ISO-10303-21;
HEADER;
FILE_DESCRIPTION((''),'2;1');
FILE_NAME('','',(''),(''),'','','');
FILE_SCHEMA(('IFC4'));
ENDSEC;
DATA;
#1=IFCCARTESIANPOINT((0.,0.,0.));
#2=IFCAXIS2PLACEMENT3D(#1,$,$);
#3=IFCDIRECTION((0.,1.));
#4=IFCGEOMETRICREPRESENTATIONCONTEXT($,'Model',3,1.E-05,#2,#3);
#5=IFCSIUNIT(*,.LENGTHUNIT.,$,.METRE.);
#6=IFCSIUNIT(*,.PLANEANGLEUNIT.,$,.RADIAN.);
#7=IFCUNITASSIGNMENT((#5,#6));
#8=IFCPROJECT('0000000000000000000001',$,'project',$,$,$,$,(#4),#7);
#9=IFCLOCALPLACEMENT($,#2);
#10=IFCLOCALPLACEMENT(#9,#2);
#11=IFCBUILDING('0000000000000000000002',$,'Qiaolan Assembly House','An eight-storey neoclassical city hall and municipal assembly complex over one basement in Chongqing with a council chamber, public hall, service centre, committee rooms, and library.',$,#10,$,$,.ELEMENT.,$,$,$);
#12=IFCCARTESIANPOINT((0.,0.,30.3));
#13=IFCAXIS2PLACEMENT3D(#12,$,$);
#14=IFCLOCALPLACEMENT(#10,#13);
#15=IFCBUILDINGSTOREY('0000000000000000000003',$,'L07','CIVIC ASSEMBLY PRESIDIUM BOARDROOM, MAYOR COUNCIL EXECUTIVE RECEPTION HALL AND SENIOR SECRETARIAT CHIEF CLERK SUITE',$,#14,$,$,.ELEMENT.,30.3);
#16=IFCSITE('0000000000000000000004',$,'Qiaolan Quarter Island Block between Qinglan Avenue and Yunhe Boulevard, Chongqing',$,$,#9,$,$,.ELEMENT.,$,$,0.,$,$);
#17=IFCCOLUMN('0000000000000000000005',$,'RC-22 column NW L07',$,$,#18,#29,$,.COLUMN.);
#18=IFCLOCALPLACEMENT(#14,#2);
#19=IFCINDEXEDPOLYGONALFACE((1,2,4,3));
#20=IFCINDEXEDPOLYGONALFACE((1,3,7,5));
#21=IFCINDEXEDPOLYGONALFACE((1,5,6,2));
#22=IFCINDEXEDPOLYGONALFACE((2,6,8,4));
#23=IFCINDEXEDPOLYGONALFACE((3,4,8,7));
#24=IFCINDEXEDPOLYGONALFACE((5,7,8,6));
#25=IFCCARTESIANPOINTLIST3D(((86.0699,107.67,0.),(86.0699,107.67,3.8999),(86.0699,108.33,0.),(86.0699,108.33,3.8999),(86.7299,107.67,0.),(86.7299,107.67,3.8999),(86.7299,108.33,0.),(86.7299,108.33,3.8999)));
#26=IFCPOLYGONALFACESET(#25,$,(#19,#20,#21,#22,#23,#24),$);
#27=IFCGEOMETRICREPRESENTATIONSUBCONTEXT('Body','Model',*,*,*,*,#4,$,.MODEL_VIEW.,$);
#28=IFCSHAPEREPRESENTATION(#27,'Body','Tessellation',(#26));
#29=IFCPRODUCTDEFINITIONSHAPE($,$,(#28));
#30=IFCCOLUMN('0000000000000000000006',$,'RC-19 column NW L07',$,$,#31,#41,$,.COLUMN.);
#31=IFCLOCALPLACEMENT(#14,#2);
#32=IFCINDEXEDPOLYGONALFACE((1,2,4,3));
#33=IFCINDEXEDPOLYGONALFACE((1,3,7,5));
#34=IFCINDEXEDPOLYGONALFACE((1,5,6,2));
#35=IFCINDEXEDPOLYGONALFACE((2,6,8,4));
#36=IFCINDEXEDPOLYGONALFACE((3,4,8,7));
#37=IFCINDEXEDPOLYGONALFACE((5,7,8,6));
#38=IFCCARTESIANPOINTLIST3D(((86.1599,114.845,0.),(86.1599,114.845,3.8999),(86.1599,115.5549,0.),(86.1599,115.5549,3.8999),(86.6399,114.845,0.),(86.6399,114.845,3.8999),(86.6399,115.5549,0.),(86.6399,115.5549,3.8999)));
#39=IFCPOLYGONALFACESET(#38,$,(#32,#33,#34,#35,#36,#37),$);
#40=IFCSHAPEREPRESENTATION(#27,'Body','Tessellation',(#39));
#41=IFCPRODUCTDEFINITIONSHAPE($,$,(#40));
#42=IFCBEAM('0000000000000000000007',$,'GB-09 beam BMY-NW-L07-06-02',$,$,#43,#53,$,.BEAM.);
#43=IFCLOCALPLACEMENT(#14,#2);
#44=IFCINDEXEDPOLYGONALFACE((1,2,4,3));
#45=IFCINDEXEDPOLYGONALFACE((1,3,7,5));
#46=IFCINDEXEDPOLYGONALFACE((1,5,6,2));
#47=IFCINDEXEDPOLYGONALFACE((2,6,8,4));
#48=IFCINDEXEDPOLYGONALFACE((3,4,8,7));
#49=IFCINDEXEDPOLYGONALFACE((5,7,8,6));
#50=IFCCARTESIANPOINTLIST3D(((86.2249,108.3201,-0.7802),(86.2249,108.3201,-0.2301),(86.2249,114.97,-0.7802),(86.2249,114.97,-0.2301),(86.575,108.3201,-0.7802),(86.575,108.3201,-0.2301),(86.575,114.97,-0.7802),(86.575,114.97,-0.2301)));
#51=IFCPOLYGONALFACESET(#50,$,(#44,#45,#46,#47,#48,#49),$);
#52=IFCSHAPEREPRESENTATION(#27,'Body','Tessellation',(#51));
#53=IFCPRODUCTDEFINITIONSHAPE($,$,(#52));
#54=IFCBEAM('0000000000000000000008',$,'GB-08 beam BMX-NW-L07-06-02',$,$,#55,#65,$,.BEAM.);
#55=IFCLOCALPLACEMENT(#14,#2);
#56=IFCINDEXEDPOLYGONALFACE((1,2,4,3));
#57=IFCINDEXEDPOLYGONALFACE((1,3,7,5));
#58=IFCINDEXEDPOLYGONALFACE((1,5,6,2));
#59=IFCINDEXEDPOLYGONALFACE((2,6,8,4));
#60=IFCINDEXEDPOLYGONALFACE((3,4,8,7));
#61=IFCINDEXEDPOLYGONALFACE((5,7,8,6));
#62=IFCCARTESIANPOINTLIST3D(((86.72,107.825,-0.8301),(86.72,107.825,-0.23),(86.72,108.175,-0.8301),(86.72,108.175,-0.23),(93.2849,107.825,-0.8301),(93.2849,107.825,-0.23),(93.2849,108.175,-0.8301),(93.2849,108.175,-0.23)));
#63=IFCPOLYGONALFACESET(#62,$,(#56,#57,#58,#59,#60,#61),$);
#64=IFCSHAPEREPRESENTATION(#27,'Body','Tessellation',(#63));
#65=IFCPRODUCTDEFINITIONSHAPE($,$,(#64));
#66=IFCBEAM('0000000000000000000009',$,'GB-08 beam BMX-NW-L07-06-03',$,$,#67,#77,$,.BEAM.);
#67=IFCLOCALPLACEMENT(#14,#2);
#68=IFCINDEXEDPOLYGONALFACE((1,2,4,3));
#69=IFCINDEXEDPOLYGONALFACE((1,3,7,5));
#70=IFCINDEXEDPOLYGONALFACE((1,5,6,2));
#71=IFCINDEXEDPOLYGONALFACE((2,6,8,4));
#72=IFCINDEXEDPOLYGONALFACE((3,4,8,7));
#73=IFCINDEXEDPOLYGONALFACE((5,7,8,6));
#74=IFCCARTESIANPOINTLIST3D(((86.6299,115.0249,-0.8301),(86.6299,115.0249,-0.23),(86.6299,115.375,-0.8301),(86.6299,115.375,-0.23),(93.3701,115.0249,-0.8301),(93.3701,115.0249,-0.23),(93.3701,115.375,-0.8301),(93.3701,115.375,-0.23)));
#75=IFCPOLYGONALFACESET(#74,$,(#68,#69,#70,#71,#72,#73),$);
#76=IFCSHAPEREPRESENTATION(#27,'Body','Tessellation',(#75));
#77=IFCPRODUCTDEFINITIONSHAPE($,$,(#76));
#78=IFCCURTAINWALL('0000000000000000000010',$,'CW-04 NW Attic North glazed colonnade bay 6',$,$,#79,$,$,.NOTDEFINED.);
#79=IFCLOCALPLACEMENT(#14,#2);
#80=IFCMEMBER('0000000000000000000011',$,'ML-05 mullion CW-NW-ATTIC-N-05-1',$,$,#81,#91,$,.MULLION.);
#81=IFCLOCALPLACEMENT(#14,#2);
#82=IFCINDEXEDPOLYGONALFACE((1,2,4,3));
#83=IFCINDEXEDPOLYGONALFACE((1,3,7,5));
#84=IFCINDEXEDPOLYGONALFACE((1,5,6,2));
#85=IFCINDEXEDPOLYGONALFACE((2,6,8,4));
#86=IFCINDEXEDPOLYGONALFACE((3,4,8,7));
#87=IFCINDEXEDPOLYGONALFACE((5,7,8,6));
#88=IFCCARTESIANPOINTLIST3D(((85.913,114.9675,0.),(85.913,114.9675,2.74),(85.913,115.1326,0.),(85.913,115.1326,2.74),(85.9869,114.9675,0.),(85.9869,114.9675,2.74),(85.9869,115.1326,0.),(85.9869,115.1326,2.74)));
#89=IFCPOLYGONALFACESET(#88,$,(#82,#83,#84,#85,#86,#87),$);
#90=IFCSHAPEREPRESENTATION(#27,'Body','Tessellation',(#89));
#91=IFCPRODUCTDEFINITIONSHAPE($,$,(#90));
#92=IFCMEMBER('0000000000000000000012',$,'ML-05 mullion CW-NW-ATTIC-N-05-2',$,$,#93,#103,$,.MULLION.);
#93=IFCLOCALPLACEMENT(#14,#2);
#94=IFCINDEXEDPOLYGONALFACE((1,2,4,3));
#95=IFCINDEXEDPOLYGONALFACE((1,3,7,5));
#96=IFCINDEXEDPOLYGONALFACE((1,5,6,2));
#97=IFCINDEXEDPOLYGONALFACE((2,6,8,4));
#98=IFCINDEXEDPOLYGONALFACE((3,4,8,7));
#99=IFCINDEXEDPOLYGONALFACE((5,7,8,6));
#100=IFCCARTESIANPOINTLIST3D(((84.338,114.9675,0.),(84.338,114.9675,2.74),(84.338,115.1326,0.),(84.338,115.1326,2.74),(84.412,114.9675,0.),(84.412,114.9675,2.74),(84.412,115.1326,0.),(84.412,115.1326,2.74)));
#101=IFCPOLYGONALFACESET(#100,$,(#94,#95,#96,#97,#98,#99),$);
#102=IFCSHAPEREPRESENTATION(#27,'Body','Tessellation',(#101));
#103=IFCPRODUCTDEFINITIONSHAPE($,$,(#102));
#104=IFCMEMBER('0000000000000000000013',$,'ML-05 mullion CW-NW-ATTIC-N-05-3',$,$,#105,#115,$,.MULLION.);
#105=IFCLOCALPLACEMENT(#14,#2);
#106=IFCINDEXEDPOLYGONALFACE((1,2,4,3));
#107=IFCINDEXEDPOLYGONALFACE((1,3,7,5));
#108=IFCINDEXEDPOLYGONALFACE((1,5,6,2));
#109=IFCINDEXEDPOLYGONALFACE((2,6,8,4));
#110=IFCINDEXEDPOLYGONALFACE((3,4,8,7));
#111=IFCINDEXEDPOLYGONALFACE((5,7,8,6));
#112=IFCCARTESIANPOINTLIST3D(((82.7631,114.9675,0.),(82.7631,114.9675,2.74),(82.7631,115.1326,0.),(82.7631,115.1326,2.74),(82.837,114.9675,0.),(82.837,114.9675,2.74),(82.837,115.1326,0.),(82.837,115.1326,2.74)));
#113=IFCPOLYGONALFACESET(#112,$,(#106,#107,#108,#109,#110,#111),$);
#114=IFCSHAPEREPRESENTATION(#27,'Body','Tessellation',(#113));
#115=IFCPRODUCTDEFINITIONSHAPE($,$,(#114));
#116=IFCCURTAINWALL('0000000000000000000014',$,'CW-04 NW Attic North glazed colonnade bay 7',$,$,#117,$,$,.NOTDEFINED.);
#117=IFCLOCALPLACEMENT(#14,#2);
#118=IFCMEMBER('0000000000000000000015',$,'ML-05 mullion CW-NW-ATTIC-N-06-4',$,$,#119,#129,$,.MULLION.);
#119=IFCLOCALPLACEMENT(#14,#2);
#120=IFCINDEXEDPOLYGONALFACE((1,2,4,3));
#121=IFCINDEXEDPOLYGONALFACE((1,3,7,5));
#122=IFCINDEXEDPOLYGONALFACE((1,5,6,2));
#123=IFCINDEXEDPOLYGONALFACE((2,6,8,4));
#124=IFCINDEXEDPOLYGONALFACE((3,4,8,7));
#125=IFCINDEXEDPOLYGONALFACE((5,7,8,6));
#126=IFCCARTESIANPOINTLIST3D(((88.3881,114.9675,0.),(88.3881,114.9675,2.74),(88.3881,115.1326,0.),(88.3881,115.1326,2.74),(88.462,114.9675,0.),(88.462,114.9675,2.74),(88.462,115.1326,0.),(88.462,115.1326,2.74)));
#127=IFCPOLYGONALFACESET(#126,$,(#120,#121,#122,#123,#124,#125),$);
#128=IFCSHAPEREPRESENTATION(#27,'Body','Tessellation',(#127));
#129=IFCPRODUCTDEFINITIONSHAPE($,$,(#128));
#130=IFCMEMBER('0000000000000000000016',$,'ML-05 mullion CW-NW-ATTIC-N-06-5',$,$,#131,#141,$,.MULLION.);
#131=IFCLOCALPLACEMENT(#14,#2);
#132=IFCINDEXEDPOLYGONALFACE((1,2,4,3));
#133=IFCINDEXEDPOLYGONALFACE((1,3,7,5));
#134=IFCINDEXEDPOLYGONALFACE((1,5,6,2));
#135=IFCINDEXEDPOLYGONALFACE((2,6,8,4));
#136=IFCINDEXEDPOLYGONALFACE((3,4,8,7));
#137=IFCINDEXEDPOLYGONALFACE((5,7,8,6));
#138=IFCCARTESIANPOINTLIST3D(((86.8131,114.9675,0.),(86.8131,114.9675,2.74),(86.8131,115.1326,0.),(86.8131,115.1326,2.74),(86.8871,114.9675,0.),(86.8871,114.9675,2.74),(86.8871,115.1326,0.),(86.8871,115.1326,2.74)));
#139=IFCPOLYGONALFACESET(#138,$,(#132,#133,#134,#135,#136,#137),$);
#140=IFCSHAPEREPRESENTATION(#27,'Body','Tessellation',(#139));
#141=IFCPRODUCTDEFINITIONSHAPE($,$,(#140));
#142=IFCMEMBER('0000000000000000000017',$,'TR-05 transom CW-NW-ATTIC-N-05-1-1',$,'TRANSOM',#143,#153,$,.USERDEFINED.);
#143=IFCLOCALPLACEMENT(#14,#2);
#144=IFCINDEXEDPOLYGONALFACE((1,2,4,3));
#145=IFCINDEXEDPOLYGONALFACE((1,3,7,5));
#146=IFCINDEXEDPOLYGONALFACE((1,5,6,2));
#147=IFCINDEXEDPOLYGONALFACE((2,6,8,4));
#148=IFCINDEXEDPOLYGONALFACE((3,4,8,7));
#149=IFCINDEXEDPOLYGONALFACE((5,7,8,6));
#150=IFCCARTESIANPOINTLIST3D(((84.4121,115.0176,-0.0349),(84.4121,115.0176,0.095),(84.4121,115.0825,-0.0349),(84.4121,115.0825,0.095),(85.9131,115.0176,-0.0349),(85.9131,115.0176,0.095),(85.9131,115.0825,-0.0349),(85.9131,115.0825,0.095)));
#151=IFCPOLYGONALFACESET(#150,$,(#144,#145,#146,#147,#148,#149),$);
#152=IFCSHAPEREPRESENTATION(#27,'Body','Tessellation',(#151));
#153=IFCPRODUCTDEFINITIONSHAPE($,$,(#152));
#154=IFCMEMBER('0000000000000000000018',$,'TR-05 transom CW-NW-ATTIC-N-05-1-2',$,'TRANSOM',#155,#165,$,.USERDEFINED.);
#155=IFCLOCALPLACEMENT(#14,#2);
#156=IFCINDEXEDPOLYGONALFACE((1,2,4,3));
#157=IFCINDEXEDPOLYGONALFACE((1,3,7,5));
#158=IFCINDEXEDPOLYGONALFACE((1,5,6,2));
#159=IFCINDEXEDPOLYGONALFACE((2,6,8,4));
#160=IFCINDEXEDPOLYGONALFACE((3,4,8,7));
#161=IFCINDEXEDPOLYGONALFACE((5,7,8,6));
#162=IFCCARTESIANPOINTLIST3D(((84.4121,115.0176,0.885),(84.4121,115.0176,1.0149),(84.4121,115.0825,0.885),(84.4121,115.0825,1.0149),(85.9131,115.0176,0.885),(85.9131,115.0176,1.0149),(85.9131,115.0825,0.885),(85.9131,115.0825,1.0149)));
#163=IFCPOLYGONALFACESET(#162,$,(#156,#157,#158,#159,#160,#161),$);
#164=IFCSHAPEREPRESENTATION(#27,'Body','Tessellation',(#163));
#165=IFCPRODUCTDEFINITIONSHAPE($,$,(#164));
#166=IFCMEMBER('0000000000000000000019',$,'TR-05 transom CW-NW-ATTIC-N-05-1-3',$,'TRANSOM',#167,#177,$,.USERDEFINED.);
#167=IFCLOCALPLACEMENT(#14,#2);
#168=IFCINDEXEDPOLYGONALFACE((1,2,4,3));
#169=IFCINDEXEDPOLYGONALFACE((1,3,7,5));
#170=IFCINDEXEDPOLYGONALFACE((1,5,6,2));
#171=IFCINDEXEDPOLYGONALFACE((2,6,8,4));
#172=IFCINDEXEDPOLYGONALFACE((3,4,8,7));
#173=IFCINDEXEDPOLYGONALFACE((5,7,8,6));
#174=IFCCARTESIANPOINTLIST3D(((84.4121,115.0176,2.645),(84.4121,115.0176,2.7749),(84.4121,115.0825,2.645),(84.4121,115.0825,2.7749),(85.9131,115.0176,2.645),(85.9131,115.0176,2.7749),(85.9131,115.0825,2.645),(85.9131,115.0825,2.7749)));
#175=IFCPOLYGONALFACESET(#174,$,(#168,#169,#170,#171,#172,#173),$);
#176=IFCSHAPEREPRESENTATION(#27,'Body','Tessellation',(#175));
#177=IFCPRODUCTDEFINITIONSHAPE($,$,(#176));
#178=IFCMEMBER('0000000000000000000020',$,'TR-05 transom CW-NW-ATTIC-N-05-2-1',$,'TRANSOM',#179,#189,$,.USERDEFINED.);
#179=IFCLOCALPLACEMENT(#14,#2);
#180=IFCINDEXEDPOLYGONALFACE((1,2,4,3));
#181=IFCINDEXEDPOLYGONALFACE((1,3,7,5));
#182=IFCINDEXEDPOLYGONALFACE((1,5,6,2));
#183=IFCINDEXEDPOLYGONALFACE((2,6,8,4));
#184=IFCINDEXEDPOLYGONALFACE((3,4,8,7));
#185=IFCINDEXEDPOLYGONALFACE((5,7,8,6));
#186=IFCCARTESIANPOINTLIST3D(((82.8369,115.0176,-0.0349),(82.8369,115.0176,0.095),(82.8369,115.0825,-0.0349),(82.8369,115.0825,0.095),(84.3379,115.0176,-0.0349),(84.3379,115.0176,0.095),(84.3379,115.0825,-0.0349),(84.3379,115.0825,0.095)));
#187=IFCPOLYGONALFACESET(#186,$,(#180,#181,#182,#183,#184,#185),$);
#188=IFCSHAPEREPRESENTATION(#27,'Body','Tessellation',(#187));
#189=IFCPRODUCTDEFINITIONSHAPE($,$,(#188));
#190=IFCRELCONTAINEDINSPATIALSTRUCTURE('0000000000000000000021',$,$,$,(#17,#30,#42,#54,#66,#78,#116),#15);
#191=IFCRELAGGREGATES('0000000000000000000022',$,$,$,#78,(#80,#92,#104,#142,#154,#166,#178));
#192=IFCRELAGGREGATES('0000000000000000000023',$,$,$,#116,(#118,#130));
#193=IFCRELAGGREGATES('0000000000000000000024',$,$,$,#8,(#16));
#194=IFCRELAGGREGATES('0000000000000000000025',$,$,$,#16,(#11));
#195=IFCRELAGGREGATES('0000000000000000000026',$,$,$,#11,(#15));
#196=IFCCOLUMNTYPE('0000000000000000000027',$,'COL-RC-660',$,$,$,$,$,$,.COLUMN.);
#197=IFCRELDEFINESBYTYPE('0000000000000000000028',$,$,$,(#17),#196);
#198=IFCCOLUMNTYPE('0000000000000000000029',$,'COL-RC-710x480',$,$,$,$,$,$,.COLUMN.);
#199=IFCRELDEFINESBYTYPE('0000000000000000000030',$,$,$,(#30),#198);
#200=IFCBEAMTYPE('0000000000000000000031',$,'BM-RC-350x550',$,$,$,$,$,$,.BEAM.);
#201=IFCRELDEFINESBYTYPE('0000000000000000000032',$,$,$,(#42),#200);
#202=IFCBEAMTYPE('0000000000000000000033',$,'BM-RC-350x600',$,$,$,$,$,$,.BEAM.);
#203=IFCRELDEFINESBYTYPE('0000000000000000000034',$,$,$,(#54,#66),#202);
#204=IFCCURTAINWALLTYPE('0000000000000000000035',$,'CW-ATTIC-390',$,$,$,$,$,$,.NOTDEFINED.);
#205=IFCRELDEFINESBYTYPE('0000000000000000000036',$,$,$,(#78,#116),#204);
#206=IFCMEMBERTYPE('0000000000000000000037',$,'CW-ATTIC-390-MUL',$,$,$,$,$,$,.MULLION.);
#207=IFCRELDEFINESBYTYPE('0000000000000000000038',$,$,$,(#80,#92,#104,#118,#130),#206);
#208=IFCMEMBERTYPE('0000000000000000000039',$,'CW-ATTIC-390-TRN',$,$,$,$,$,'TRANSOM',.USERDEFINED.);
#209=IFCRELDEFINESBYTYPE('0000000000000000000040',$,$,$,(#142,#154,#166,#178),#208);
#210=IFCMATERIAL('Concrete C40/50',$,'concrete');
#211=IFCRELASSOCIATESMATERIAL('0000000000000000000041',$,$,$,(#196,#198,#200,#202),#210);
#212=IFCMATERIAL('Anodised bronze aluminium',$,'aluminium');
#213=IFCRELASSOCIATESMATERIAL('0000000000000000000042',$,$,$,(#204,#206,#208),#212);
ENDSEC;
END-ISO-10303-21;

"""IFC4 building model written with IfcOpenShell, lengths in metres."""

from ifc_helpers import new_model, si_unit, direction, frame, origin, origin_2d, place, context, subcontext, project, spatial, rectangle, extrude, material, material_profile, profile_set, type_object, element, aggregate, save


model = new_model("IFC4")

# Units and contexts
model_context = context("Model", 3, precision=1e-05, world=origin(), true_north=direction((0.0, 1.0)))
body_context = subcontext(model_context, "Body", "Model", "MODEL_VIEW")
ifc_project = project(units=[si_unit("LENGTHUNIT", "METRE"), si_unit("PLANEANGLEUNIT", "RADIAN")], contexts=[model_context])

# Site, building, storey
site_placement = place(None, origin())
site = spatial("IfcSite", under=ifc_project, at=site_placement, Name="Qiaolan Quarter Island Block between Qinglan Avenue and Yunhe Boulevard, Chongqing", CompositionType="ELEMENT", RefElevation=0.0)
building_placement = place(site_placement, origin())
building = spatial("IfcBuilding", under=site, at=building_placement, Name="Qiaolan Assembly House", Description="An eight-storey neoclassical city hall and municipal assembly complex over one basement in Chongqing with a council chamber, public hall, service centre, committee rooms, and library.", CompositionType="ELEMENT")
storey_placement = place(building_placement, frame((0.0, 0.0, 30.3)))
storey = spatial("IfcBuildingStorey", under=building, at=storey_placement, Name="L07", Description="CIVIC ASSEMBLY PRESIDIUM BOARDROOM, MAYOR COUNCIL EXECUTIVE RECEPTION HALL AND SENIOR SECRETARIAT CHIEF CLERK SUITE", CompositionType="ELEMENT", Elevation=30.3)

# Columns
ifc_material_1 = material(Name="Concrete C40/50", Category="concrete")
ifc_material_profile_1 = material_profile(ifc_material_1, rectangle(XDim=0.6599, YDim=0.6599, at=origin_2d()), Name="RC 660x660")
ifc_profile_set_1 = profile_set([ifc_material_profile_1], Name="Concrete C40/50")
column_type_1 = type_object("IfcColumnType", Name="COL-RC-660", PredefinedType="COLUMN", material=ifc_profile_set_1)
column_1_placement = place(storey_placement, frame((86.3999, 108.0, 0.0), z_axis=(0.0, 0.0, 1.0), x_axis=(1.0, 0.0, 0.0)))
element("IfcColumn", 1, at=column_1_placement, inside=storey, type_object=column_type_1, Name="RC-22 column NW L07", PredefinedType="COLUMN", context=body_context, shape_type="SweptSolid", body=[
    extrude(rectangle(XDim=0.6599, YDim=0.6599, at=origin_2d()), origin(), (0.0, 0.0, 1.0), 3.8999),
])
ifc_material_profile_2 = material_profile(ifc_material_1, rectangle(XDim=0.48, YDim=0.71, at=origin_2d()), Name="RC 710x480")
ifc_profile_set_2 = profile_set([ifc_material_profile_2], Name="Concrete C40/50")
column_type_2 = type_object("IfcColumnType", Name="COL-RC-710x480", PredefinedType="COLUMN", material=ifc_profile_set_2)
column_2_placement = place(storey_placement, frame((86.3999, 115.2, 0.0), z_axis=(0.0, 0.0, 1.0), x_axis=(1.0, 0.0, 0.0)))
element("IfcColumn", 2, at=column_2_placement, inside=storey, type_object=column_type_2, Name="RC-19 column NW L07", PredefinedType="COLUMN", context=body_context, shape_type="SweptSolid", body=[
    extrude(rectangle(XDim=0.48, YDim=0.71, at=origin_2d()), origin(), (0.0, 0.0, 1.0), 3.8999),
])

# Beams
ifc_material_profile_3 = material_profile(ifc_material_1, rectangle(XDim=0.3501, YDim=0.55, at=origin_2d()), Name="RCB 350x550")
ifc_profile_set_3 = profile_set([ifc_material_profile_3], Name="Concrete C40/50")
beam_type_1 = type_object("IfcBeamType", Name="BM-RC-350x550", PredefinedType="BEAM", material=ifc_profile_set_3)
beam_1_placement = place(storey_placement, frame((86.3999, 108.3201, -0.5051), z_axis=(0.0, 1.0, 0.0), x_axis=(-1.0, 0.0, 0.0)))
element("IfcBeam", 3, at=beam_1_placement, inside=storey, type_object=beam_type_1, Name="GB-09 beam BMY-NW-L07-06-02", PredefinedType="BEAM", context=body_context, shape_type="SweptSolid", body=[
    extrude(rectangle(XDim=0.3501, YDim=0.55, at=origin_2d()), origin(), (0.0, 0.0, 1.0), 6.6499),
])
ifc_material_profile_4 = material_profile(ifc_material_1, rectangle(XDim=0.3501, YDim=0.6001, at=origin_2d()), Name="RCB 350x600")
ifc_profile_set_4 = profile_set([ifc_material_profile_4], Name="Concrete C40/50")
beam_type_2 = type_object("IfcBeamType", Name="BM-RC-350x600", PredefinedType="BEAM", material=ifc_profile_set_4)
beam_2_placement = place(storey_placement, frame((86.72, 108.0, -0.53), z_axis=(1.0, 0.0, 0.0), x_axis=(0.0, 1.0, 0.0)))
element("IfcBeam", 4, at=beam_2_placement, inside=storey, type_object=beam_type_2, Name="GB-08 beam BMX-NW-L07-06-02", PredefinedType="BEAM", context=body_context, shape_type="SweptSolid", body=[
    extrude(rectangle(XDim=0.3501, YDim=0.6001, at=origin_2d()), origin(), (0.0, 0.0, 1.0), 6.5649),
])
beam_3_placement = place(storey_placement, frame((86.6299, 115.2, -0.53), z_axis=(1.0, 0.0, 0.0), x_axis=(0.0, 1.0, 0.0)))
element("IfcBeam", 5, at=beam_3_placement, inside=storey, type_object=beam_type_2, Name="GB-08 beam BMX-NW-L07-06-03", PredefinedType="BEAM", context=body_context, shape_type="SweptSolid", body=[
    extrude(rectangle(XDim=0.3501, YDim=0.6001, at=origin_2d()), origin(), (0.0, 0.0, 1.0), 6.7402),
])

# Curtain walls, members
ifc_material_2 = material(Name="Anodised bronze aluminium", Category="aluminium")
curtain_wall_type = type_object("IfcCurtainWallType", Name="CW-ATTIC-390", PredefinedType="NOTDEFINED", material=ifc_material_2)
curtain_wall_1_placement = place(storey_placement, origin())
curtain_wall_1 = element("IfcCurtainWall", 6, at=curtain_wall_1_placement, inside=storey, type_object=curtain_wall_type, Name="CW-04 NW Attic North glazed colonnade bay 6", PredefinedType="NOTDEFINED")
ifc_material_profile_5 = material_profile(ifc_material_2, rectangle(XDim=0.074, YDim=0.165, at=origin_2d()), Name="MUL 74x165")
ifc_profile_set_5 = profile_set([ifc_material_profile_5], Name="Anodised bronze aluminium")
member_type_1 = type_object("IfcMemberType", Name="CW-ATTIC-390-MUL", PredefinedType="MULLION", material=ifc_profile_set_5)
member_1_placement = place(storey_placement, frame((85.95, 115.05, 0.0), z_axis=(0.0, 0.0, 1.0), x_axis=(-1.0, 0.0, 0.0)))
member_1 = element("IfcMember", 7, at=member_1_placement, type_object=member_type_1, Name="ML-05 mullion CW-NW-ATTIC-N-05-1", PredefinedType="MULLION", context=body_context, shape_type="SweptSolid", body=[
    extrude(rectangle(XDim=0.074, YDim=0.165, at=origin_2d()), origin(), (0.0, 0.0, 1.0), 2.74),
])
member_2_placement = place(storey_placement, frame((84.375, 115.05, 0.0), z_axis=(0.0, 0.0, 1.0), x_axis=(-1.0, 0.0, 0.0)))
member_2 = element("IfcMember", 8, at=member_2_placement, type_object=member_type_1, Name="ML-05 mullion CW-NW-ATTIC-N-05-2", PredefinedType="MULLION", context=body_context, shape_type="SweptSolid", body=[
    extrude(rectangle(XDim=0.074, YDim=0.165, at=origin_2d()), origin(), (0.0, 0.0, 1.0), 2.74),
])
member_3_placement = place(storey_placement, frame((82.8, 115.05, 0.0), z_axis=(0.0, 0.0, 1.0), x_axis=(-1.0, 0.0, 0.0)))
member_3 = element("IfcMember", 9, at=member_3_placement, type_object=member_type_1, Name="ML-05 mullion CW-NW-ATTIC-N-05-3", PredefinedType="MULLION", context=body_context, shape_type="SweptSolid", body=[
    extrude(rectangle(XDim=0.074, YDim=0.165, at=origin_2d()), origin(), (0.0, 0.0, 1.0), 2.74),
])
curtain_wall_2_placement = place(storey_placement, origin())
curtain_wall_2 = element("IfcCurtainWall", 10, at=curtain_wall_2_placement, inside=storey, type_object=curtain_wall_type, Name="CW-04 NW Attic North glazed colonnade bay 7", PredefinedType="NOTDEFINED")
member_4_placement = place(storey_placement, frame((88.425, 115.05, 0.0), z_axis=(0.0, 0.0, 1.0), x_axis=(-1.0, 0.0, 0.0)))
member_4 = element("IfcMember", 11, at=member_4_placement, type_object=member_type_1, Name="ML-05 mullion CW-NW-ATTIC-N-06-4", PredefinedType="MULLION", context=body_context, shape_type="SweptSolid", body=[
    extrude(rectangle(XDim=0.074, YDim=0.165, at=origin_2d()), origin(), (0.0, 0.0, 1.0), 2.74),
])
member_5_placement = place(storey_placement, frame((86.8501, 115.05, 0.0), z_axis=(0.0, 0.0, 1.0), x_axis=(-1.0, 0.0, 0.0)))
member_5 = element("IfcMember", 12, at=member_5_placement, type_object=member_type_1, Name="ML-05 mullion CW-NW-ATTIC-N-06-5", PredefinedType="MULLION", context=body_context, shape_type="SweptSolid", body=[
    extrude(rectangle(XDim=0.074, YDim=0.165, at=origin_2d()), origin(), (0.0, 0.0, 1.0), 2.74),
])

# Members
ifc_material_profile_6 = material_profile(ifc_material_2, rectangle(XDim=0.0649, YDim=0.1299, at=origin_2d()), Name="TRN 65x130")
ifc_profile_set_6 = profile_set([ifc_material_profile_6], Name="Anodised bronze aluminium")
member_type_2 = type_object("IfcMemberType", Name="CW-ATTIC-390-TRN", ElementType="TRANSOM", PredefinedType="USERDEFINED", material=ifc_profile_set_6)
member_6_placement = place(storey_placement, frame((85.9131, 115.05, 0.03), z_axis=(-1.0, 0.0, 0.0), x_axis=(0.0, -1.0, 0.0)))
member_6 = element("IfcMember", 13, at=member_6_placement, type_object=member_type_2, Name="TR-05 transom CW-NW-ATTIC-N-05-1-1", ObjectType="TRANSOM", PredefinedType="USERDEFINED", context=body_context, shape_type="SweptSolid", body=[
    extrude(rectangle(XDim=0.0649, YDim=0.1299, at=origin_2d()), origin(), (0.0, 0.0, 1.0), 1.501),
])
member_7_placement = place(storey_placement, frame((85.9131, 115.05, 0.95), z_axis=(-1.0, 0.0, 0.0), x_axis=(0.0, -1.0, 0.0)))
member_7 = element("IfcMember", 14, at=member_7_placement, type_object=member_type_2, Name="TR-05 transom CW-NW-ATTIC-N-05-1-2", ObjectType="TRANSOM", PredefinedType="USERDEFINED", context=body_context, shape_type="SweptSolid", body=[
    extrude(rectangle(XDim=0.0649, YDim=0.1299, at=origin_2d()), origin(), (0.0, 0.0, 1.0), 1.501),
])
member_8_placement = place(storey_placement, frame((85.9131, 115.05, 2.71), z_axis=(-1.0, 0.0, 0.0), x_axis=(0.0, -1.0, 0.0)))
member_8 = element("IfcMember", 15, at=member_8_placement, type_object=member_type_2, Name="TR-05 transom CW-NW-ATTIC-N-05-1-3", ObjectType="TRANSOM", PredefinedType="USERDEFINED", context=body_context, shape_type="SweptSolid", body=[
    extrude(rectangle(XDim=0.0649, YDim=0.1299, at=origin_2d()), origin(), (0.0, 0.0, 1.0), 1.501),
])
member_9_placement = place(storey_placement, frame((84.3379, 115.05, 0.03), z_axis=(-1.0, 0.0, 0.0), x_axis=(0.0, -1.0, 0.0)))
member_9 = element("IfcMember", 16, at=member_9_placement, type_object=member_type_2, Name="TR-05 transom CW-NW-ATTIC-N-05-2-1", ObjectType="TRANSOM", PredefinedType="USERDEFINED", context=body_context, shape_type="SweptSolid", body=[
    extrude(rectangle(XDim=0.0649, YDim=0.1299, at=origin_2d()), origin(), (0.0, 0.0, 1.0), 1.501),
])

aggregate(curtain_wall_1, [member_1, member_2, member_3, member_6, member_7, member_8, member_9])
aggregate(curtain_wall_2, [member_4, member_5])

save(model, "model.ifc")
